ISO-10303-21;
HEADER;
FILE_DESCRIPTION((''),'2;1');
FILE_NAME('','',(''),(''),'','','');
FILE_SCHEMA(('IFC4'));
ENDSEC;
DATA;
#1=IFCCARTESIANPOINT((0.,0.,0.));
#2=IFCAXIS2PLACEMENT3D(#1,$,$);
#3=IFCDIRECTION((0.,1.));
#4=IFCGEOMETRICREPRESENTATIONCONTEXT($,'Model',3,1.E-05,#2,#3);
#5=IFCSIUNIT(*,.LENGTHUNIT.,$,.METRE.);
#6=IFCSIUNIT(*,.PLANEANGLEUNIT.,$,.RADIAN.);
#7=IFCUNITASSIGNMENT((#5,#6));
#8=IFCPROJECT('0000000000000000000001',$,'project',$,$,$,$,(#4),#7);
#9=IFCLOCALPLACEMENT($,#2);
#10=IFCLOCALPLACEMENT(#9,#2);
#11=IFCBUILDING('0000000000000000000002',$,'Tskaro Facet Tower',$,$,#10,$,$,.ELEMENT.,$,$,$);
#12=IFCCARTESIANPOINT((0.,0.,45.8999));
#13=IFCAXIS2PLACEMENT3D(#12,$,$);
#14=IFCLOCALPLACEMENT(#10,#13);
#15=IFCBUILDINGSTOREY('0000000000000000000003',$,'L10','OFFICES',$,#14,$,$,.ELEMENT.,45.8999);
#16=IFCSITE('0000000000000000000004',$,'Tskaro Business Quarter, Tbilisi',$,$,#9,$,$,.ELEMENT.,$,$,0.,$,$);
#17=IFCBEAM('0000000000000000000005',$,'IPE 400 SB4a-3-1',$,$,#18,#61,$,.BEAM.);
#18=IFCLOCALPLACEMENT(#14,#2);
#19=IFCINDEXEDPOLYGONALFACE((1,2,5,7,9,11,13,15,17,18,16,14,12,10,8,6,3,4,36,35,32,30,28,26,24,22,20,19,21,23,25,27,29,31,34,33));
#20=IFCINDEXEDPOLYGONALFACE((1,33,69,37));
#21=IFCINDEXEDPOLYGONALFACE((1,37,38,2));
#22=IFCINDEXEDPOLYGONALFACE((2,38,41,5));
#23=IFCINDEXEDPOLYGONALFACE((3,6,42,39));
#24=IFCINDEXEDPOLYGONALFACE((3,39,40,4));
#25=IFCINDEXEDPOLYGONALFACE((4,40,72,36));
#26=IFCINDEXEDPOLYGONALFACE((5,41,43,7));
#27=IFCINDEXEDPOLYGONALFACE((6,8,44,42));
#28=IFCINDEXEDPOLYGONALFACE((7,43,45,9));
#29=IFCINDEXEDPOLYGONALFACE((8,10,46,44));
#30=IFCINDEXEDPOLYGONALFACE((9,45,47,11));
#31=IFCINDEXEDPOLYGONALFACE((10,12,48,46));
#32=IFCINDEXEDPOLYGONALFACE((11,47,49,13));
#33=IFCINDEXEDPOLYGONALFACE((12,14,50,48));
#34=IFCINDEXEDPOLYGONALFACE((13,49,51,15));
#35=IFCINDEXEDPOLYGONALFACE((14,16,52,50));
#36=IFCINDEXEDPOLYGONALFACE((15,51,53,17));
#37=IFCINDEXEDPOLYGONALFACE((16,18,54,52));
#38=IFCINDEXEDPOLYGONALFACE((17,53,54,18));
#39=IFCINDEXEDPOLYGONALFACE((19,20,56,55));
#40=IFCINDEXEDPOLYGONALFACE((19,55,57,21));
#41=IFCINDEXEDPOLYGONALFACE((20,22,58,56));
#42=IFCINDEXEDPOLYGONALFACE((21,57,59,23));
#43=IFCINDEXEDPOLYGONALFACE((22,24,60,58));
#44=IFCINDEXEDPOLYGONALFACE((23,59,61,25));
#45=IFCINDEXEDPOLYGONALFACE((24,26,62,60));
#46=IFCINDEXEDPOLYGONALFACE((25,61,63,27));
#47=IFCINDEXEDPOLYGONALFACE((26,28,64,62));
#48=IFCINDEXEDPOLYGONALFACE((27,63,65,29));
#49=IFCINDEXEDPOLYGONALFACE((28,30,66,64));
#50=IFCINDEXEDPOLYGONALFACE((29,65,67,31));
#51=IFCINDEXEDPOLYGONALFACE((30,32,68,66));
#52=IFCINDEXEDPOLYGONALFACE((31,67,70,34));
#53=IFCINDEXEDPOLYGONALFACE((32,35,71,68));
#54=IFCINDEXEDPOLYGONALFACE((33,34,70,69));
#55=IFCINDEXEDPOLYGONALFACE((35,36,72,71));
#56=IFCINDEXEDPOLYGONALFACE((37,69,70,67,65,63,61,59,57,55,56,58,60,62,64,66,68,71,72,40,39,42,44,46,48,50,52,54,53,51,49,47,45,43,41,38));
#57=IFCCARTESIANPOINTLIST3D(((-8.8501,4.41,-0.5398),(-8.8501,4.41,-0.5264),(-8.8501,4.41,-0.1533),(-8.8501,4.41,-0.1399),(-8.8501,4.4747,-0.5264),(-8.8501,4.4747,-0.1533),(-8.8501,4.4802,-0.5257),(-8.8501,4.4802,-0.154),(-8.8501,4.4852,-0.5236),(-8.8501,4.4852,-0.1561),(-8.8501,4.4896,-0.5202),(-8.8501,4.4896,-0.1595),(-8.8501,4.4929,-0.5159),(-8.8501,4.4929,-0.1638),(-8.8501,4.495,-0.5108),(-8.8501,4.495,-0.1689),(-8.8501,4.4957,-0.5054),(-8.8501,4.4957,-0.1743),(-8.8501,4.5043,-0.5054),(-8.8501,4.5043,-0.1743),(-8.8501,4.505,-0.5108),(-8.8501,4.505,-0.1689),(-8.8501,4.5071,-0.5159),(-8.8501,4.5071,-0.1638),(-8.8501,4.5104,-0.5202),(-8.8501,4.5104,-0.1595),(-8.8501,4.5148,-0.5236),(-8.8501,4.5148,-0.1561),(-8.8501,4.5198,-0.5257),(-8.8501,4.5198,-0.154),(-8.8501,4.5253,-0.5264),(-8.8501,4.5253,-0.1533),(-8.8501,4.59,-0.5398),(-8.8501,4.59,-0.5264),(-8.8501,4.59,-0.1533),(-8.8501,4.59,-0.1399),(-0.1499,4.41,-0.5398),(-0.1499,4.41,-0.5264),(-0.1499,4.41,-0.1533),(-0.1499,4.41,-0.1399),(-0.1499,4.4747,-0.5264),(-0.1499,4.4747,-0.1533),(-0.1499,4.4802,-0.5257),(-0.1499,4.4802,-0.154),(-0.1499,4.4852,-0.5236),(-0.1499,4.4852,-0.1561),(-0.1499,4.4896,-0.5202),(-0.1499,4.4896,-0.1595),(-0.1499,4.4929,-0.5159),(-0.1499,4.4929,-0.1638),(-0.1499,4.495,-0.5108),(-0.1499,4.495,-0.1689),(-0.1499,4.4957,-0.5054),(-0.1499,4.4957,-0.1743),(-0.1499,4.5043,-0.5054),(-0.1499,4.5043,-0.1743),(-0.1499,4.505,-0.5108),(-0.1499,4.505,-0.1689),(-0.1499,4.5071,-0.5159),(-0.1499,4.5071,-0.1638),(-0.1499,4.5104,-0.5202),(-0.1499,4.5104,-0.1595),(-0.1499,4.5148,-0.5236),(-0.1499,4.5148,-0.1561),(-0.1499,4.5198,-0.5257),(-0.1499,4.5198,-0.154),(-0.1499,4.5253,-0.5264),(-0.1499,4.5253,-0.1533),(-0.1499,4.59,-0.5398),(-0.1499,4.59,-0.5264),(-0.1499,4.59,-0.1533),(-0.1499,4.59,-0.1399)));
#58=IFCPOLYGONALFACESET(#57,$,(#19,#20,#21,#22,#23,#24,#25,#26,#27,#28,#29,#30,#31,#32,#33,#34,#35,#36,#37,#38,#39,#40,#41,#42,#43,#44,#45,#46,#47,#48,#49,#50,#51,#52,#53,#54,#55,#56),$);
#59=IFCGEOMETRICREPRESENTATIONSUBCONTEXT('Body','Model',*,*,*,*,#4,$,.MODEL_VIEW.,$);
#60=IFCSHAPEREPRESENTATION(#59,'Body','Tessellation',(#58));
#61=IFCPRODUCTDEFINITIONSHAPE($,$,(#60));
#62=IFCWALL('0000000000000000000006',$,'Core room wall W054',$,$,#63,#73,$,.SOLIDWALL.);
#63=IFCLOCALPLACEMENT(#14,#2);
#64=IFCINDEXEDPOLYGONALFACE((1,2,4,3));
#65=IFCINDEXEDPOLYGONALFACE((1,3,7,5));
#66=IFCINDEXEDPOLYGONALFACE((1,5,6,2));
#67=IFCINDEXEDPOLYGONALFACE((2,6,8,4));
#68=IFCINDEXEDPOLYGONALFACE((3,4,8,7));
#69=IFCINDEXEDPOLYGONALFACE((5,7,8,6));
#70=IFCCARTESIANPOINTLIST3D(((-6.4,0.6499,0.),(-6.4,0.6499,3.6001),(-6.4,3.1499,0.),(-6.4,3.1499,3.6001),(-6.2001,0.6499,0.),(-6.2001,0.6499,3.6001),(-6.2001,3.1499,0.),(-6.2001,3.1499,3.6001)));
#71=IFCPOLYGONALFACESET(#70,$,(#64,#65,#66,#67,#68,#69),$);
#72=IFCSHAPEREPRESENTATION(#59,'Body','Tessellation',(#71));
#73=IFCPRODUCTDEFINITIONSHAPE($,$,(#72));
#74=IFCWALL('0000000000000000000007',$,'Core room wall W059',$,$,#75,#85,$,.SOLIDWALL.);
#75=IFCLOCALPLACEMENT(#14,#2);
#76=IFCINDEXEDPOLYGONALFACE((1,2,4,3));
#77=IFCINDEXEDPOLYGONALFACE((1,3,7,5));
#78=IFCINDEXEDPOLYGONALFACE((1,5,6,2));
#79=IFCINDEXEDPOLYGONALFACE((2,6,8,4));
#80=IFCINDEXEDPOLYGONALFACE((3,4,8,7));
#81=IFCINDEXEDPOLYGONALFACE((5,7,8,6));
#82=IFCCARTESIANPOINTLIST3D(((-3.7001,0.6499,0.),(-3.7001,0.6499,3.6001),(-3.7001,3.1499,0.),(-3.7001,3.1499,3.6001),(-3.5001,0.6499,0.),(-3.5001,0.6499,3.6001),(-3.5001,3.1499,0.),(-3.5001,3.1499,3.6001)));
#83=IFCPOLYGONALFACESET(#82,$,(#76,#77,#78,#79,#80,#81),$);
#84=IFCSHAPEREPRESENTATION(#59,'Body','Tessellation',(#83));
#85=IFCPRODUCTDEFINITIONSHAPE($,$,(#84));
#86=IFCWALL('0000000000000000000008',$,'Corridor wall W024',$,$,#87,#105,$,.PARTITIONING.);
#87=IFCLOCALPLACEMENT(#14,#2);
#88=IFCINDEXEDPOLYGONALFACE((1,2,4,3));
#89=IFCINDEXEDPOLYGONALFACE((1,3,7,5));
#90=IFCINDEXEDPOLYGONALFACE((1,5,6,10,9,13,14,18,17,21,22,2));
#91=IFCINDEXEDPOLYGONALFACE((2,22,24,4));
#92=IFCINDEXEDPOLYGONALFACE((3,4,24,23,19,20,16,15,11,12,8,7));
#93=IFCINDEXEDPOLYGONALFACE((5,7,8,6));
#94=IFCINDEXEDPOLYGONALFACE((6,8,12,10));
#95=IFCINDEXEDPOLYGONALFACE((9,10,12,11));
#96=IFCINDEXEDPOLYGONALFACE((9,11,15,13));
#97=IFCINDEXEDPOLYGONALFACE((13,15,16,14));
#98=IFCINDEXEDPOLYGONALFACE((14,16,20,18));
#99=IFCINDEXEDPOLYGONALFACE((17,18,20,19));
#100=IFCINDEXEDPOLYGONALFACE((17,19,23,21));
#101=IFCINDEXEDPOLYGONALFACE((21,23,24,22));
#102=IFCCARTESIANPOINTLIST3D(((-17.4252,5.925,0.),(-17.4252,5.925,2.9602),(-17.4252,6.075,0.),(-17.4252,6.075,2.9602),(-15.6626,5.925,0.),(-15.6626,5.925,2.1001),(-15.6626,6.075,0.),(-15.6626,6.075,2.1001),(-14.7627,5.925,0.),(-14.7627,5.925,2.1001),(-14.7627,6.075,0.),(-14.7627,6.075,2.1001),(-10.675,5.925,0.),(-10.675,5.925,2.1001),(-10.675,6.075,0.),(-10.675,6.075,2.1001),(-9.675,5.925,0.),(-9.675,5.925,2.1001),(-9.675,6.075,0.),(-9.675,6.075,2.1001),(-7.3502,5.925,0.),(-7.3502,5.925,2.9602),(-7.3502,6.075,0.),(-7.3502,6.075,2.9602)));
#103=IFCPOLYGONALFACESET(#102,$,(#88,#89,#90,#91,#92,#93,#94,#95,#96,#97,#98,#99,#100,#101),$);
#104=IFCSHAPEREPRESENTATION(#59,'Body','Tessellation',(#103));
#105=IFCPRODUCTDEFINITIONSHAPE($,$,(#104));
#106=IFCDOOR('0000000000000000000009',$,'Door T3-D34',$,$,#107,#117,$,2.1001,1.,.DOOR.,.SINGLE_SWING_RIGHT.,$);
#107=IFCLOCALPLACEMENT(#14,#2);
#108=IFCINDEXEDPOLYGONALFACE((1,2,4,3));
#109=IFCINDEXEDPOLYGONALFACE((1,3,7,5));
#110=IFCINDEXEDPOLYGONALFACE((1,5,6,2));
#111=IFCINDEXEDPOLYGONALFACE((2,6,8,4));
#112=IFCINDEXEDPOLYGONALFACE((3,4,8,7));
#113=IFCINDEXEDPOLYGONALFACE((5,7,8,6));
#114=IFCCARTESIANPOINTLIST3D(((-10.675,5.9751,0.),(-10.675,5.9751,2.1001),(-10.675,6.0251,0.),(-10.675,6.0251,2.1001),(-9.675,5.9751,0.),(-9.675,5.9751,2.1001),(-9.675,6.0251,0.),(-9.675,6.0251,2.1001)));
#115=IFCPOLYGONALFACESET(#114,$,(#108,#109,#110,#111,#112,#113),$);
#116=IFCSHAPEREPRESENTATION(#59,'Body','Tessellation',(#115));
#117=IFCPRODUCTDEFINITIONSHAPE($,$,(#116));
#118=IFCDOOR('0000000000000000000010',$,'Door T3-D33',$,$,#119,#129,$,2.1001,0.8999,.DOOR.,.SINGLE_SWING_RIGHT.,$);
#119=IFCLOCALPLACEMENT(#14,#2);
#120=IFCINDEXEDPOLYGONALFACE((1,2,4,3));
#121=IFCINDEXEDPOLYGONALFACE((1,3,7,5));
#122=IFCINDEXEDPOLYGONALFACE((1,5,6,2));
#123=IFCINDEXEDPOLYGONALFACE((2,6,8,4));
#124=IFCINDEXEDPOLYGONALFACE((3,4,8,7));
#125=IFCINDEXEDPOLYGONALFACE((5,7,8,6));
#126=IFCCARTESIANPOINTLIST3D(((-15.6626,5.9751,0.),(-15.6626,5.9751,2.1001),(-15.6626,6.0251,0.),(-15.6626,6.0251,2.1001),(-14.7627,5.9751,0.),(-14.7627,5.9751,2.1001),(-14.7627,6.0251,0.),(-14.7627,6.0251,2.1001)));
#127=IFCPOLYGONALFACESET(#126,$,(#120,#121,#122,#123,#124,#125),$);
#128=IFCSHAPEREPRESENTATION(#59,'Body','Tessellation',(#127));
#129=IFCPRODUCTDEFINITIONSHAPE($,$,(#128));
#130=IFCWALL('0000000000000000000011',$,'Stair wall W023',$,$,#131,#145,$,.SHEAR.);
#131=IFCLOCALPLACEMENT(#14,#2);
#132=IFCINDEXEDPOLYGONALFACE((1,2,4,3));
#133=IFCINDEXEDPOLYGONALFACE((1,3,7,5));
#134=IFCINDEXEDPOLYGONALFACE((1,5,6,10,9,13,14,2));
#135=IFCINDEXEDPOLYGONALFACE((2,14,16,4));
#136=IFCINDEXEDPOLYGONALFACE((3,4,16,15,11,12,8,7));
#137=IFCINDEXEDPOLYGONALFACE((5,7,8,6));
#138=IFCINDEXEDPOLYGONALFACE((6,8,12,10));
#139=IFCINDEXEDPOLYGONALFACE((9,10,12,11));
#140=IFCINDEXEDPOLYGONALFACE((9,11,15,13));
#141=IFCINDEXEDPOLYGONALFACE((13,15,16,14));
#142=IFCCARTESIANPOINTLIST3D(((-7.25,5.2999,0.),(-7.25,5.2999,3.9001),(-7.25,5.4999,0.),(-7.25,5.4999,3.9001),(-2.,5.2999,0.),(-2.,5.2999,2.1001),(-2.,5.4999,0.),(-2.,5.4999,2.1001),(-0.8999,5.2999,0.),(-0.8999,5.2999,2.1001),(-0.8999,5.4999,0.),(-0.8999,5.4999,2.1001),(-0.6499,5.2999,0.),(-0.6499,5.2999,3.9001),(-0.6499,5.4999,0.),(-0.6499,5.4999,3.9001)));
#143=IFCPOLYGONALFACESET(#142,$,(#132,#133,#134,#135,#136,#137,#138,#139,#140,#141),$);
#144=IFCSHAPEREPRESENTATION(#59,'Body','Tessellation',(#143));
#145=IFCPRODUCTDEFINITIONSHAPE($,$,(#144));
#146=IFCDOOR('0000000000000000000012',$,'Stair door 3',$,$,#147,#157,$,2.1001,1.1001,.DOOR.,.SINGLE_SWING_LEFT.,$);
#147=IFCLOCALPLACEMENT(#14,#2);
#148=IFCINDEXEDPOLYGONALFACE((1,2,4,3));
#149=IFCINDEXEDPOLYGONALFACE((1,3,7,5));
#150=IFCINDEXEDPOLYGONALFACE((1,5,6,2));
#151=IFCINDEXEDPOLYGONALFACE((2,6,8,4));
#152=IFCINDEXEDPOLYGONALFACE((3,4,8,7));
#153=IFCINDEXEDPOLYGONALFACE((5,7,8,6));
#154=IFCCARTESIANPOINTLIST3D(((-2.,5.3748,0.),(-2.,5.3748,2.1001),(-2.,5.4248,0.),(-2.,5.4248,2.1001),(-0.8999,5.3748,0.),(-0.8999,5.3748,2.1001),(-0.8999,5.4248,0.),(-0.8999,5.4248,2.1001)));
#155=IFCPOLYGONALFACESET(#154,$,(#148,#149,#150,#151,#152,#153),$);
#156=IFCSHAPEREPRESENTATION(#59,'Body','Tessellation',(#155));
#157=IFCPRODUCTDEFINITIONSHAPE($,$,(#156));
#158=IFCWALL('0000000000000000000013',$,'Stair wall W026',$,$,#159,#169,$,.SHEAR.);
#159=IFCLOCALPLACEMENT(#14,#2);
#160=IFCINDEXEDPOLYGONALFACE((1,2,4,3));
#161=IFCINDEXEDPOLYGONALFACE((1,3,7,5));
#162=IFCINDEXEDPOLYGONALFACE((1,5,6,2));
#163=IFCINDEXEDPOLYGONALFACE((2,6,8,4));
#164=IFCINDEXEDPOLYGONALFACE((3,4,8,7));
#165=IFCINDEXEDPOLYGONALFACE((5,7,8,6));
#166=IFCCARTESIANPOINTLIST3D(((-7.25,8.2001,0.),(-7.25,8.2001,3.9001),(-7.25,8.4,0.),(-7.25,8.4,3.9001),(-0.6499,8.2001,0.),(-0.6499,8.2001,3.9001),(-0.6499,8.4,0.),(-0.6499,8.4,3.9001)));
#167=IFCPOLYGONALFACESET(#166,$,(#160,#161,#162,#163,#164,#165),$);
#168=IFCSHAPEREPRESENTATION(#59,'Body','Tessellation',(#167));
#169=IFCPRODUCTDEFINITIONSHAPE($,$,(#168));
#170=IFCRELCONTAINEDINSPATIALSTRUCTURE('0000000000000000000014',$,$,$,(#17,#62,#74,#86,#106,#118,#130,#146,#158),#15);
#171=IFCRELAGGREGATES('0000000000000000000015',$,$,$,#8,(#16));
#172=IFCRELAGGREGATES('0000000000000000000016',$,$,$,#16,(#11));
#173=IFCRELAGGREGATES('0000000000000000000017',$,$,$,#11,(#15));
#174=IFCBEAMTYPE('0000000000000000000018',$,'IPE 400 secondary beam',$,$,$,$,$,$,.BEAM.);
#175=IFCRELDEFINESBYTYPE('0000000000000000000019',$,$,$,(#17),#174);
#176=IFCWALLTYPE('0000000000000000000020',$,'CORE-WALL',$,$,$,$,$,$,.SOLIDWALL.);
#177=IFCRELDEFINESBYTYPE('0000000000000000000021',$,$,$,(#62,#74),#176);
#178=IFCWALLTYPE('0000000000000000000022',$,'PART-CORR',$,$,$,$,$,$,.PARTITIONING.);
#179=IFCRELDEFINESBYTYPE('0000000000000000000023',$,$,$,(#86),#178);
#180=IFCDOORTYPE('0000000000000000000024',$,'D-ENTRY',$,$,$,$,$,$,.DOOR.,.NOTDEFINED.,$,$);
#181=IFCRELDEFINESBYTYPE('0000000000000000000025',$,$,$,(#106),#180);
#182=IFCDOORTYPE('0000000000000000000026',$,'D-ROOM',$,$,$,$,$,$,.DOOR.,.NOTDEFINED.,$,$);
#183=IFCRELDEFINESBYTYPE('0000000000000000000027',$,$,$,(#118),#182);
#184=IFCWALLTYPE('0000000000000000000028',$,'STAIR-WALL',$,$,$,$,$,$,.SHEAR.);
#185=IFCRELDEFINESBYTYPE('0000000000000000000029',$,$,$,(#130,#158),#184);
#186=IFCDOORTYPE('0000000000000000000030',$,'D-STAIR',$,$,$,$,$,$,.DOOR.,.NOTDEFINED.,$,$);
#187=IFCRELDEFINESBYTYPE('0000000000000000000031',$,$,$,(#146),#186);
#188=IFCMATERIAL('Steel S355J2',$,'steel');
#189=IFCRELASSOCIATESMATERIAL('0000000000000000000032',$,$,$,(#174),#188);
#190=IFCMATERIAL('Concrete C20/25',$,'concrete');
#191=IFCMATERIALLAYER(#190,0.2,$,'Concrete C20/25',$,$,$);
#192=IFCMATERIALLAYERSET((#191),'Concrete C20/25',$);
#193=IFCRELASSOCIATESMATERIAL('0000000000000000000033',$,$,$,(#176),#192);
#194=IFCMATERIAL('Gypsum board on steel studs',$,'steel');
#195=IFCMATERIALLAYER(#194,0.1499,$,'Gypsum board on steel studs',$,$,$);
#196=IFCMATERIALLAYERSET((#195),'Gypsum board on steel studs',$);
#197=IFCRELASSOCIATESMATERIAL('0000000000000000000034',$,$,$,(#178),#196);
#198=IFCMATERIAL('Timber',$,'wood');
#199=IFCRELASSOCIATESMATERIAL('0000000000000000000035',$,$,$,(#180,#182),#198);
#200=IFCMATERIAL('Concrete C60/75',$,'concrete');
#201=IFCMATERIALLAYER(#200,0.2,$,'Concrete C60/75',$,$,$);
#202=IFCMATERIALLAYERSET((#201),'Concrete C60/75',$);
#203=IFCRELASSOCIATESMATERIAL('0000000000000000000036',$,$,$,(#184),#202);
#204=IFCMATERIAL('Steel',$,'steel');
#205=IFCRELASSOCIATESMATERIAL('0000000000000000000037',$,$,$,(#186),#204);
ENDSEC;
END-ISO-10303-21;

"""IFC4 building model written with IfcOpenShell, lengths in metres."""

from ifc_helpers import new_model, si_unit, direction, frame, frame_2d, origin, origin_2d, place, context, subcontext, project, spatial, rectangle, i_section, extrude, material, layer, layer_set, material_profile, profile_set, type_object, element, fill, save


model = new_model("IFC4")

# Units and contexts
model_context = context("Model", 3, precision=1e-05, world=origin(), true_north=direction((0.0, 1.0)))
body_context = subcontext(model_context, "Body", "Model", "MODEL_VIEW")
ifc_project = project(units=[si_unit("LENGTHUNIT", "METRE"), si_unit("PLANEANGLEUNIT", "RADIAN")], contexts=[model_context])

# Site, building, storey
site_placement = place(None, origin())
site = spatial("IfcSite", under=ifc_project, at=site_placement, Name="Tskaro Business Quarter, Tbilisi", CompositionType="ELEMENT", RefElevation=0.0)
building_placement = place(site_placement, origin())
building = spatial("IfcBuilding", under=site, at=building_placement, Name="Tskaro Facet Tower", CompositionType="ELEMENT")
storey_placement = place(building_placement, frame((0.0, 0.0, 45.8999)))
storey = spatial("IfcBuildingStorey", under=building, at=storey_placement, Name="L10", Description="OFFICES", CompositionType="ELEMENT", Elevation=45.8999)

# Beam
ifc_material_1 = material(Name="Steel S355J2", Category="steel")
ifc_material_profile_1 = material_profile(ifc_material_1, i_section(OverallWidth=0.1799, OverallDepth=0.3999, WebThickness=0.0085, FlangeThickness=0.0134, FilletRadius=0.021, at=origin_2d()), Name="IPE 400")
ifc_profile_set_1 = profile_set([ifc_material_profile_1], Name="Steel S355J2")
beam_type_1 = type_object("IfcBeamType", Name="IPE 400 secondary beam", PredefinedType="BEAM", material=ifc_profile_set_1)
beam_1_placement = place(storey_placement, frame((-8.8501, 4.5, -0.3398), z_axis=(1.0, 0.0, 0.0), x_axis=(0.0, 1.0, 0.0)))
element("IfcBeam", 1, at=beam_1_placement, inside=storey, type_object=beam_type_1, Name="IPE 400 SB4a-3-1", PredefinedType="BEAM", context=body_context, shape_type="SweptSolid", body=[
    extrude(i_section(OverallWidth=0.1799, OverallDepth=0.3999, WebThickness=0.0085, FlangeThickness=0.0134, FilletRadius=0.021, at=origin_2d()), origin(), (0.0, 0.0, 1.0), 8.7002),
])

# Walls
ifc_material_2 = material(Name="Concrete C20/25", Category="concrete")
ifc_layer_1 = layer(ifc_material_2, 0.2, Name="Concrete C20/25")
ifc_layer_set_1 = layer_set([ifc_layer_1], Name="Concrete C20/25")
wall_type_1 = type_object("IfcWallType", Name="CORE-WALL", PredefinedType="SOLIDWALL", material=ifc_layer_set_1)
for number, where, z_axis, x_axis, name in (
    (2, (-6.3, 0.6499, 0.0), (0.0, 0.0, 1.0), (0.0, 1.0, 0.0), "Core room wall W054"),
    (3, (-3.6001, 0.6499, 0.0), (0.0, 0.0, 1.0), (0.0, 1.0, 0.0), "Core room wall W059"),
):
    element("IfcWall", number, at=place(storey_placement, frame(where, z_axis=z_axis, x_axis=x_axis)), inside=storey, type_object=wall_type_1, Name=name, PredefinedType="SOLIDWALL", context=body_context, shape_type="SweptSolid", body=[
        extrude(rectangle(XDim=2.5, YDim=0.2, at=frame_2d((1.25, 0.0))), origin(), (0.0, 0.0, 1.0), 3.6001),
    ])

# Wall, openings, doors
ifc_material_3 = material(Name="Gypsum board on steel studs", Category="steel")
ifc_layer_2 = layer(ifc_material_3, 0.1499, Name="Gypsum board on steel studs")
ifc_layer_set_2 = layer_set([ifc_layer_2], Name="Gypsum board on steel studs")
wall_type_2 = type_object("IfcWallType", Name="PART-CORR", PredefinedType="PARTITIONING", material=ifc_layer_set_2)
wall_1_placement = place(storey_placement, frame((-7.3501, 6.0, 0.0), z_axis=(0.0, 0.0, 1.0), x_axis=(-1.0, 0.0, 0.0)))
wall_1 = element("IfcWall", 4, at=wall_1_placement, inside=storey, type_object=wall_type_2, Name="Corridor wall W024", PredefinedType="PARTITIONING", context=body_context, shape_type="SweptSolid", body=[
    extrude(rectangle(XDim=10.075, YDim=0.1499, at=frame_2d((5.0376, 0.0))), origin(), (0.0, 0.0, 1.0), 2.9602),
])
opening_1_placement = place(wall_1_placement, frame((2.325, 0.0, 0.0)))
opening_1 = element("IfcOpeningElement", 5, at=opening_1_placement, cuts=wall_1, PredefinedType="OPENING", context=body_context, shape_type="SweptSolid", body=[
    extrude(rectangle(XDim=1.0, YDim=2.1001, at=frame_2d((0.5, 1.05))), frame((0.0, 0.085, 0.0), z_axis=(0.0, -1.0, 0.0), x_axis=(1.0, 0.0, 0.0)), (0.0, 0.0, 1.0), 0.1699),
])
opening_2_placement = place(wall_1_placement, frame((7.4126, 0.0, 0.0)))
opening_2 = element("IfcOpeningElement", 6, at=opening_2_placement, cuts=wall_1, PredefinedType="OPENING", context=body_context, shape_type="SweptSolid", body=[
    extrude(rectangle(XDim=0.8999, YDim=2.1001, at=frame_2d((0.45, 1.05))), frame((0.0, 0.085, 0.0), z_axis=(0.0, -1.0, 0.0), x_axis=(1.0, 0.0, 0.0)), (0.0, 0.0, 1.0), 0.1699),
])
ifc_material_4 = material(Name="Timber", Category="wood")
door_type_1 = type_object("IfcDoorType", Name="D-ENTRY", OperationType="NOTDEFINED", PredefinedType="DOOR", material=ifc_material_4)
door_1_placement = place(opening_1_placement, origin())
door_1 = element("IfcDoor", 7, at=door_1_placement, inside=storey, type_object=door_type_1, Name="Door T3-D34", OperationType="SINGLE_SWING_RIGHT", OverallHeight=2.1001, OverallWidth=1.0, PredefinedType="DOOR", context=body_context, shape_type="SweptSolid", body=[
    extrude(rectangle(XDim=1.0, YDim=2.1001, at=frame_2d((0.5, 1.05))), frame((0.0, 0.0249, 0.0), z_axis=(0.0, -1.0, 0.0), x_axis=(1.0, 0.0, 0.0)), (0.0, 0.0, 1.0), 0.05),
])
fill(opening_1, door_1)
door_type_2 = type_object("IfcDoorType", Name="D-ROOM", OperationType="NOTDEFINED", PredefinedType="DOOR", material=ifc_material_4)
door_2_placement = place(opening_2_placement, origin())
door_2 = element("IfcDoor", 8, at=door_2_placement, inside=storey, type_object=door_type_2, Name="Door T3-D33", OperationType="SINGLE_SWING_RIGHT", OverallHeight=2.1001, OverallWidth=0.8999, PredefinedType="DOOR", context=body_context, shape_type="SweptSolid", body=[
    extrude(rectangle(XDim=0.8999, YDim=2.1001, at=frame_2d((0.45, 1.05))), frame((0.0, 0.0249, 0.0), z_axis=(0.0, -1.0, 0.0), x_axis=(1.0, 0.0, 0.0)), (0.0, 0.0, 1.0), 0.05),
])
fill(opening_2, door_2)

# Wall, opening, door
ifc_material_5 = material(Name="Concrete C60/75", Category="concrete")
ifc_layer_3 = layer(ifc_material_5, 0.2, Name="Concrete C60/75")
ifc_layer_set_3 = layer_set([ifc_layer_3], Name="Concrete C60/75")
wall_type_3 = type_object("IfcWallType", Name="STAIR-WALL", PredefinedType="SHEAR", material=ifc_layer_set_3)
wall_2_placement = place(storey_placement, frame((-7.25, 5.3999, 0.0), z_axis=(0.0, 0.0, 1.0), x_axis=(1.0, 0.0, 0.0)))
wall_2 = element("IfcWall", 9, at=wall_2_placement, inside=storey, type_object=wall_type_3, Name="Stair wall W023", PredefinedType="SHEAR", context=body_context, shape_type="SweptSolid", body=[
    extrude(rectangle(XDim=6.6001, YDim=0.2, at=frame_2d((3.3, 0.0))), origin(), (0.0, 0.0, 1.0), 3.9001),
])
opening_3_placement = place(wall_2_placement, frame((5.25, 0.0, 0.0)))
opening_3 = element("IfcOpeningElement", 10, at=opening_3_placement, cuts=wall_2, PredefinedType="OPENING", context=body_context, shape_type="SweptSolid", body=[
    extrude(rectangle(XDim=1.1001, YDim=2.1001, at=frame_2d((0.55, 1.05))), frame((0.0, 0.1099, 0.0), z_axis=(0.0, -1.0, 0.0), x_axis=(1.0, 0.0, 0.0)), (0.0, 0.0, 1.0), 0.22),
])
ifc_material_6 = material(Name="Steel", Category="steel")
door_type_3 = type_object("IfcDoorType", Name="D-STAIR", OperationType="NOTDEFINED", PredefinedType="DOOR", material=ifc_material_6)
door_3_placement = place(opening_3_placement, origin())
door_3 = element("IfcDoor", 11, at=door_3_placement, inside=storey, type_object=door_type_3, Name="Stair door 3", OperationType="SINGLE_SWING_LEFT", OverallHeight=2.1001, OverallWidth=1.1001, PredefinedType="DOOR", context=body_context, shape_type="SweptSolid", body=[
    extrude(rectangle(XDim=1.1001, YDim=2.1001, at=frame_2d((0.55, 1.05))), frame((0.0, 0.0249, 0.0), z_axis=(0.0, -1.0, 0.0), x_axis=(1.0, 0.0, 0.0)), (0.0, 0.0, 1.0), 0.05),
])
fill(opening_3, door_3)

# Wall
wall_3_placement = place(storey_placement, frame((-7.25, 8.3, 0.0), z_axis=(0.0, 0.0, 1.0), x_axis=(1.0, 0.0, 0.0)))
element("IfcWall", 12, at=wall_3_placement, inside=storey, type_object=wall_type_3, Name="Stair wall W026", PredefinedType="SHEAR", context=body_context, shape_type="SweptSolid", body=[
    extrude(rectangle(XDim=6.6001, YDim=0.2, at=frame_2d((3.3, 0.0))), origin(), (0.0, 0.0, 1.0), 3.9001),
])

save(model, "model.ifc")
